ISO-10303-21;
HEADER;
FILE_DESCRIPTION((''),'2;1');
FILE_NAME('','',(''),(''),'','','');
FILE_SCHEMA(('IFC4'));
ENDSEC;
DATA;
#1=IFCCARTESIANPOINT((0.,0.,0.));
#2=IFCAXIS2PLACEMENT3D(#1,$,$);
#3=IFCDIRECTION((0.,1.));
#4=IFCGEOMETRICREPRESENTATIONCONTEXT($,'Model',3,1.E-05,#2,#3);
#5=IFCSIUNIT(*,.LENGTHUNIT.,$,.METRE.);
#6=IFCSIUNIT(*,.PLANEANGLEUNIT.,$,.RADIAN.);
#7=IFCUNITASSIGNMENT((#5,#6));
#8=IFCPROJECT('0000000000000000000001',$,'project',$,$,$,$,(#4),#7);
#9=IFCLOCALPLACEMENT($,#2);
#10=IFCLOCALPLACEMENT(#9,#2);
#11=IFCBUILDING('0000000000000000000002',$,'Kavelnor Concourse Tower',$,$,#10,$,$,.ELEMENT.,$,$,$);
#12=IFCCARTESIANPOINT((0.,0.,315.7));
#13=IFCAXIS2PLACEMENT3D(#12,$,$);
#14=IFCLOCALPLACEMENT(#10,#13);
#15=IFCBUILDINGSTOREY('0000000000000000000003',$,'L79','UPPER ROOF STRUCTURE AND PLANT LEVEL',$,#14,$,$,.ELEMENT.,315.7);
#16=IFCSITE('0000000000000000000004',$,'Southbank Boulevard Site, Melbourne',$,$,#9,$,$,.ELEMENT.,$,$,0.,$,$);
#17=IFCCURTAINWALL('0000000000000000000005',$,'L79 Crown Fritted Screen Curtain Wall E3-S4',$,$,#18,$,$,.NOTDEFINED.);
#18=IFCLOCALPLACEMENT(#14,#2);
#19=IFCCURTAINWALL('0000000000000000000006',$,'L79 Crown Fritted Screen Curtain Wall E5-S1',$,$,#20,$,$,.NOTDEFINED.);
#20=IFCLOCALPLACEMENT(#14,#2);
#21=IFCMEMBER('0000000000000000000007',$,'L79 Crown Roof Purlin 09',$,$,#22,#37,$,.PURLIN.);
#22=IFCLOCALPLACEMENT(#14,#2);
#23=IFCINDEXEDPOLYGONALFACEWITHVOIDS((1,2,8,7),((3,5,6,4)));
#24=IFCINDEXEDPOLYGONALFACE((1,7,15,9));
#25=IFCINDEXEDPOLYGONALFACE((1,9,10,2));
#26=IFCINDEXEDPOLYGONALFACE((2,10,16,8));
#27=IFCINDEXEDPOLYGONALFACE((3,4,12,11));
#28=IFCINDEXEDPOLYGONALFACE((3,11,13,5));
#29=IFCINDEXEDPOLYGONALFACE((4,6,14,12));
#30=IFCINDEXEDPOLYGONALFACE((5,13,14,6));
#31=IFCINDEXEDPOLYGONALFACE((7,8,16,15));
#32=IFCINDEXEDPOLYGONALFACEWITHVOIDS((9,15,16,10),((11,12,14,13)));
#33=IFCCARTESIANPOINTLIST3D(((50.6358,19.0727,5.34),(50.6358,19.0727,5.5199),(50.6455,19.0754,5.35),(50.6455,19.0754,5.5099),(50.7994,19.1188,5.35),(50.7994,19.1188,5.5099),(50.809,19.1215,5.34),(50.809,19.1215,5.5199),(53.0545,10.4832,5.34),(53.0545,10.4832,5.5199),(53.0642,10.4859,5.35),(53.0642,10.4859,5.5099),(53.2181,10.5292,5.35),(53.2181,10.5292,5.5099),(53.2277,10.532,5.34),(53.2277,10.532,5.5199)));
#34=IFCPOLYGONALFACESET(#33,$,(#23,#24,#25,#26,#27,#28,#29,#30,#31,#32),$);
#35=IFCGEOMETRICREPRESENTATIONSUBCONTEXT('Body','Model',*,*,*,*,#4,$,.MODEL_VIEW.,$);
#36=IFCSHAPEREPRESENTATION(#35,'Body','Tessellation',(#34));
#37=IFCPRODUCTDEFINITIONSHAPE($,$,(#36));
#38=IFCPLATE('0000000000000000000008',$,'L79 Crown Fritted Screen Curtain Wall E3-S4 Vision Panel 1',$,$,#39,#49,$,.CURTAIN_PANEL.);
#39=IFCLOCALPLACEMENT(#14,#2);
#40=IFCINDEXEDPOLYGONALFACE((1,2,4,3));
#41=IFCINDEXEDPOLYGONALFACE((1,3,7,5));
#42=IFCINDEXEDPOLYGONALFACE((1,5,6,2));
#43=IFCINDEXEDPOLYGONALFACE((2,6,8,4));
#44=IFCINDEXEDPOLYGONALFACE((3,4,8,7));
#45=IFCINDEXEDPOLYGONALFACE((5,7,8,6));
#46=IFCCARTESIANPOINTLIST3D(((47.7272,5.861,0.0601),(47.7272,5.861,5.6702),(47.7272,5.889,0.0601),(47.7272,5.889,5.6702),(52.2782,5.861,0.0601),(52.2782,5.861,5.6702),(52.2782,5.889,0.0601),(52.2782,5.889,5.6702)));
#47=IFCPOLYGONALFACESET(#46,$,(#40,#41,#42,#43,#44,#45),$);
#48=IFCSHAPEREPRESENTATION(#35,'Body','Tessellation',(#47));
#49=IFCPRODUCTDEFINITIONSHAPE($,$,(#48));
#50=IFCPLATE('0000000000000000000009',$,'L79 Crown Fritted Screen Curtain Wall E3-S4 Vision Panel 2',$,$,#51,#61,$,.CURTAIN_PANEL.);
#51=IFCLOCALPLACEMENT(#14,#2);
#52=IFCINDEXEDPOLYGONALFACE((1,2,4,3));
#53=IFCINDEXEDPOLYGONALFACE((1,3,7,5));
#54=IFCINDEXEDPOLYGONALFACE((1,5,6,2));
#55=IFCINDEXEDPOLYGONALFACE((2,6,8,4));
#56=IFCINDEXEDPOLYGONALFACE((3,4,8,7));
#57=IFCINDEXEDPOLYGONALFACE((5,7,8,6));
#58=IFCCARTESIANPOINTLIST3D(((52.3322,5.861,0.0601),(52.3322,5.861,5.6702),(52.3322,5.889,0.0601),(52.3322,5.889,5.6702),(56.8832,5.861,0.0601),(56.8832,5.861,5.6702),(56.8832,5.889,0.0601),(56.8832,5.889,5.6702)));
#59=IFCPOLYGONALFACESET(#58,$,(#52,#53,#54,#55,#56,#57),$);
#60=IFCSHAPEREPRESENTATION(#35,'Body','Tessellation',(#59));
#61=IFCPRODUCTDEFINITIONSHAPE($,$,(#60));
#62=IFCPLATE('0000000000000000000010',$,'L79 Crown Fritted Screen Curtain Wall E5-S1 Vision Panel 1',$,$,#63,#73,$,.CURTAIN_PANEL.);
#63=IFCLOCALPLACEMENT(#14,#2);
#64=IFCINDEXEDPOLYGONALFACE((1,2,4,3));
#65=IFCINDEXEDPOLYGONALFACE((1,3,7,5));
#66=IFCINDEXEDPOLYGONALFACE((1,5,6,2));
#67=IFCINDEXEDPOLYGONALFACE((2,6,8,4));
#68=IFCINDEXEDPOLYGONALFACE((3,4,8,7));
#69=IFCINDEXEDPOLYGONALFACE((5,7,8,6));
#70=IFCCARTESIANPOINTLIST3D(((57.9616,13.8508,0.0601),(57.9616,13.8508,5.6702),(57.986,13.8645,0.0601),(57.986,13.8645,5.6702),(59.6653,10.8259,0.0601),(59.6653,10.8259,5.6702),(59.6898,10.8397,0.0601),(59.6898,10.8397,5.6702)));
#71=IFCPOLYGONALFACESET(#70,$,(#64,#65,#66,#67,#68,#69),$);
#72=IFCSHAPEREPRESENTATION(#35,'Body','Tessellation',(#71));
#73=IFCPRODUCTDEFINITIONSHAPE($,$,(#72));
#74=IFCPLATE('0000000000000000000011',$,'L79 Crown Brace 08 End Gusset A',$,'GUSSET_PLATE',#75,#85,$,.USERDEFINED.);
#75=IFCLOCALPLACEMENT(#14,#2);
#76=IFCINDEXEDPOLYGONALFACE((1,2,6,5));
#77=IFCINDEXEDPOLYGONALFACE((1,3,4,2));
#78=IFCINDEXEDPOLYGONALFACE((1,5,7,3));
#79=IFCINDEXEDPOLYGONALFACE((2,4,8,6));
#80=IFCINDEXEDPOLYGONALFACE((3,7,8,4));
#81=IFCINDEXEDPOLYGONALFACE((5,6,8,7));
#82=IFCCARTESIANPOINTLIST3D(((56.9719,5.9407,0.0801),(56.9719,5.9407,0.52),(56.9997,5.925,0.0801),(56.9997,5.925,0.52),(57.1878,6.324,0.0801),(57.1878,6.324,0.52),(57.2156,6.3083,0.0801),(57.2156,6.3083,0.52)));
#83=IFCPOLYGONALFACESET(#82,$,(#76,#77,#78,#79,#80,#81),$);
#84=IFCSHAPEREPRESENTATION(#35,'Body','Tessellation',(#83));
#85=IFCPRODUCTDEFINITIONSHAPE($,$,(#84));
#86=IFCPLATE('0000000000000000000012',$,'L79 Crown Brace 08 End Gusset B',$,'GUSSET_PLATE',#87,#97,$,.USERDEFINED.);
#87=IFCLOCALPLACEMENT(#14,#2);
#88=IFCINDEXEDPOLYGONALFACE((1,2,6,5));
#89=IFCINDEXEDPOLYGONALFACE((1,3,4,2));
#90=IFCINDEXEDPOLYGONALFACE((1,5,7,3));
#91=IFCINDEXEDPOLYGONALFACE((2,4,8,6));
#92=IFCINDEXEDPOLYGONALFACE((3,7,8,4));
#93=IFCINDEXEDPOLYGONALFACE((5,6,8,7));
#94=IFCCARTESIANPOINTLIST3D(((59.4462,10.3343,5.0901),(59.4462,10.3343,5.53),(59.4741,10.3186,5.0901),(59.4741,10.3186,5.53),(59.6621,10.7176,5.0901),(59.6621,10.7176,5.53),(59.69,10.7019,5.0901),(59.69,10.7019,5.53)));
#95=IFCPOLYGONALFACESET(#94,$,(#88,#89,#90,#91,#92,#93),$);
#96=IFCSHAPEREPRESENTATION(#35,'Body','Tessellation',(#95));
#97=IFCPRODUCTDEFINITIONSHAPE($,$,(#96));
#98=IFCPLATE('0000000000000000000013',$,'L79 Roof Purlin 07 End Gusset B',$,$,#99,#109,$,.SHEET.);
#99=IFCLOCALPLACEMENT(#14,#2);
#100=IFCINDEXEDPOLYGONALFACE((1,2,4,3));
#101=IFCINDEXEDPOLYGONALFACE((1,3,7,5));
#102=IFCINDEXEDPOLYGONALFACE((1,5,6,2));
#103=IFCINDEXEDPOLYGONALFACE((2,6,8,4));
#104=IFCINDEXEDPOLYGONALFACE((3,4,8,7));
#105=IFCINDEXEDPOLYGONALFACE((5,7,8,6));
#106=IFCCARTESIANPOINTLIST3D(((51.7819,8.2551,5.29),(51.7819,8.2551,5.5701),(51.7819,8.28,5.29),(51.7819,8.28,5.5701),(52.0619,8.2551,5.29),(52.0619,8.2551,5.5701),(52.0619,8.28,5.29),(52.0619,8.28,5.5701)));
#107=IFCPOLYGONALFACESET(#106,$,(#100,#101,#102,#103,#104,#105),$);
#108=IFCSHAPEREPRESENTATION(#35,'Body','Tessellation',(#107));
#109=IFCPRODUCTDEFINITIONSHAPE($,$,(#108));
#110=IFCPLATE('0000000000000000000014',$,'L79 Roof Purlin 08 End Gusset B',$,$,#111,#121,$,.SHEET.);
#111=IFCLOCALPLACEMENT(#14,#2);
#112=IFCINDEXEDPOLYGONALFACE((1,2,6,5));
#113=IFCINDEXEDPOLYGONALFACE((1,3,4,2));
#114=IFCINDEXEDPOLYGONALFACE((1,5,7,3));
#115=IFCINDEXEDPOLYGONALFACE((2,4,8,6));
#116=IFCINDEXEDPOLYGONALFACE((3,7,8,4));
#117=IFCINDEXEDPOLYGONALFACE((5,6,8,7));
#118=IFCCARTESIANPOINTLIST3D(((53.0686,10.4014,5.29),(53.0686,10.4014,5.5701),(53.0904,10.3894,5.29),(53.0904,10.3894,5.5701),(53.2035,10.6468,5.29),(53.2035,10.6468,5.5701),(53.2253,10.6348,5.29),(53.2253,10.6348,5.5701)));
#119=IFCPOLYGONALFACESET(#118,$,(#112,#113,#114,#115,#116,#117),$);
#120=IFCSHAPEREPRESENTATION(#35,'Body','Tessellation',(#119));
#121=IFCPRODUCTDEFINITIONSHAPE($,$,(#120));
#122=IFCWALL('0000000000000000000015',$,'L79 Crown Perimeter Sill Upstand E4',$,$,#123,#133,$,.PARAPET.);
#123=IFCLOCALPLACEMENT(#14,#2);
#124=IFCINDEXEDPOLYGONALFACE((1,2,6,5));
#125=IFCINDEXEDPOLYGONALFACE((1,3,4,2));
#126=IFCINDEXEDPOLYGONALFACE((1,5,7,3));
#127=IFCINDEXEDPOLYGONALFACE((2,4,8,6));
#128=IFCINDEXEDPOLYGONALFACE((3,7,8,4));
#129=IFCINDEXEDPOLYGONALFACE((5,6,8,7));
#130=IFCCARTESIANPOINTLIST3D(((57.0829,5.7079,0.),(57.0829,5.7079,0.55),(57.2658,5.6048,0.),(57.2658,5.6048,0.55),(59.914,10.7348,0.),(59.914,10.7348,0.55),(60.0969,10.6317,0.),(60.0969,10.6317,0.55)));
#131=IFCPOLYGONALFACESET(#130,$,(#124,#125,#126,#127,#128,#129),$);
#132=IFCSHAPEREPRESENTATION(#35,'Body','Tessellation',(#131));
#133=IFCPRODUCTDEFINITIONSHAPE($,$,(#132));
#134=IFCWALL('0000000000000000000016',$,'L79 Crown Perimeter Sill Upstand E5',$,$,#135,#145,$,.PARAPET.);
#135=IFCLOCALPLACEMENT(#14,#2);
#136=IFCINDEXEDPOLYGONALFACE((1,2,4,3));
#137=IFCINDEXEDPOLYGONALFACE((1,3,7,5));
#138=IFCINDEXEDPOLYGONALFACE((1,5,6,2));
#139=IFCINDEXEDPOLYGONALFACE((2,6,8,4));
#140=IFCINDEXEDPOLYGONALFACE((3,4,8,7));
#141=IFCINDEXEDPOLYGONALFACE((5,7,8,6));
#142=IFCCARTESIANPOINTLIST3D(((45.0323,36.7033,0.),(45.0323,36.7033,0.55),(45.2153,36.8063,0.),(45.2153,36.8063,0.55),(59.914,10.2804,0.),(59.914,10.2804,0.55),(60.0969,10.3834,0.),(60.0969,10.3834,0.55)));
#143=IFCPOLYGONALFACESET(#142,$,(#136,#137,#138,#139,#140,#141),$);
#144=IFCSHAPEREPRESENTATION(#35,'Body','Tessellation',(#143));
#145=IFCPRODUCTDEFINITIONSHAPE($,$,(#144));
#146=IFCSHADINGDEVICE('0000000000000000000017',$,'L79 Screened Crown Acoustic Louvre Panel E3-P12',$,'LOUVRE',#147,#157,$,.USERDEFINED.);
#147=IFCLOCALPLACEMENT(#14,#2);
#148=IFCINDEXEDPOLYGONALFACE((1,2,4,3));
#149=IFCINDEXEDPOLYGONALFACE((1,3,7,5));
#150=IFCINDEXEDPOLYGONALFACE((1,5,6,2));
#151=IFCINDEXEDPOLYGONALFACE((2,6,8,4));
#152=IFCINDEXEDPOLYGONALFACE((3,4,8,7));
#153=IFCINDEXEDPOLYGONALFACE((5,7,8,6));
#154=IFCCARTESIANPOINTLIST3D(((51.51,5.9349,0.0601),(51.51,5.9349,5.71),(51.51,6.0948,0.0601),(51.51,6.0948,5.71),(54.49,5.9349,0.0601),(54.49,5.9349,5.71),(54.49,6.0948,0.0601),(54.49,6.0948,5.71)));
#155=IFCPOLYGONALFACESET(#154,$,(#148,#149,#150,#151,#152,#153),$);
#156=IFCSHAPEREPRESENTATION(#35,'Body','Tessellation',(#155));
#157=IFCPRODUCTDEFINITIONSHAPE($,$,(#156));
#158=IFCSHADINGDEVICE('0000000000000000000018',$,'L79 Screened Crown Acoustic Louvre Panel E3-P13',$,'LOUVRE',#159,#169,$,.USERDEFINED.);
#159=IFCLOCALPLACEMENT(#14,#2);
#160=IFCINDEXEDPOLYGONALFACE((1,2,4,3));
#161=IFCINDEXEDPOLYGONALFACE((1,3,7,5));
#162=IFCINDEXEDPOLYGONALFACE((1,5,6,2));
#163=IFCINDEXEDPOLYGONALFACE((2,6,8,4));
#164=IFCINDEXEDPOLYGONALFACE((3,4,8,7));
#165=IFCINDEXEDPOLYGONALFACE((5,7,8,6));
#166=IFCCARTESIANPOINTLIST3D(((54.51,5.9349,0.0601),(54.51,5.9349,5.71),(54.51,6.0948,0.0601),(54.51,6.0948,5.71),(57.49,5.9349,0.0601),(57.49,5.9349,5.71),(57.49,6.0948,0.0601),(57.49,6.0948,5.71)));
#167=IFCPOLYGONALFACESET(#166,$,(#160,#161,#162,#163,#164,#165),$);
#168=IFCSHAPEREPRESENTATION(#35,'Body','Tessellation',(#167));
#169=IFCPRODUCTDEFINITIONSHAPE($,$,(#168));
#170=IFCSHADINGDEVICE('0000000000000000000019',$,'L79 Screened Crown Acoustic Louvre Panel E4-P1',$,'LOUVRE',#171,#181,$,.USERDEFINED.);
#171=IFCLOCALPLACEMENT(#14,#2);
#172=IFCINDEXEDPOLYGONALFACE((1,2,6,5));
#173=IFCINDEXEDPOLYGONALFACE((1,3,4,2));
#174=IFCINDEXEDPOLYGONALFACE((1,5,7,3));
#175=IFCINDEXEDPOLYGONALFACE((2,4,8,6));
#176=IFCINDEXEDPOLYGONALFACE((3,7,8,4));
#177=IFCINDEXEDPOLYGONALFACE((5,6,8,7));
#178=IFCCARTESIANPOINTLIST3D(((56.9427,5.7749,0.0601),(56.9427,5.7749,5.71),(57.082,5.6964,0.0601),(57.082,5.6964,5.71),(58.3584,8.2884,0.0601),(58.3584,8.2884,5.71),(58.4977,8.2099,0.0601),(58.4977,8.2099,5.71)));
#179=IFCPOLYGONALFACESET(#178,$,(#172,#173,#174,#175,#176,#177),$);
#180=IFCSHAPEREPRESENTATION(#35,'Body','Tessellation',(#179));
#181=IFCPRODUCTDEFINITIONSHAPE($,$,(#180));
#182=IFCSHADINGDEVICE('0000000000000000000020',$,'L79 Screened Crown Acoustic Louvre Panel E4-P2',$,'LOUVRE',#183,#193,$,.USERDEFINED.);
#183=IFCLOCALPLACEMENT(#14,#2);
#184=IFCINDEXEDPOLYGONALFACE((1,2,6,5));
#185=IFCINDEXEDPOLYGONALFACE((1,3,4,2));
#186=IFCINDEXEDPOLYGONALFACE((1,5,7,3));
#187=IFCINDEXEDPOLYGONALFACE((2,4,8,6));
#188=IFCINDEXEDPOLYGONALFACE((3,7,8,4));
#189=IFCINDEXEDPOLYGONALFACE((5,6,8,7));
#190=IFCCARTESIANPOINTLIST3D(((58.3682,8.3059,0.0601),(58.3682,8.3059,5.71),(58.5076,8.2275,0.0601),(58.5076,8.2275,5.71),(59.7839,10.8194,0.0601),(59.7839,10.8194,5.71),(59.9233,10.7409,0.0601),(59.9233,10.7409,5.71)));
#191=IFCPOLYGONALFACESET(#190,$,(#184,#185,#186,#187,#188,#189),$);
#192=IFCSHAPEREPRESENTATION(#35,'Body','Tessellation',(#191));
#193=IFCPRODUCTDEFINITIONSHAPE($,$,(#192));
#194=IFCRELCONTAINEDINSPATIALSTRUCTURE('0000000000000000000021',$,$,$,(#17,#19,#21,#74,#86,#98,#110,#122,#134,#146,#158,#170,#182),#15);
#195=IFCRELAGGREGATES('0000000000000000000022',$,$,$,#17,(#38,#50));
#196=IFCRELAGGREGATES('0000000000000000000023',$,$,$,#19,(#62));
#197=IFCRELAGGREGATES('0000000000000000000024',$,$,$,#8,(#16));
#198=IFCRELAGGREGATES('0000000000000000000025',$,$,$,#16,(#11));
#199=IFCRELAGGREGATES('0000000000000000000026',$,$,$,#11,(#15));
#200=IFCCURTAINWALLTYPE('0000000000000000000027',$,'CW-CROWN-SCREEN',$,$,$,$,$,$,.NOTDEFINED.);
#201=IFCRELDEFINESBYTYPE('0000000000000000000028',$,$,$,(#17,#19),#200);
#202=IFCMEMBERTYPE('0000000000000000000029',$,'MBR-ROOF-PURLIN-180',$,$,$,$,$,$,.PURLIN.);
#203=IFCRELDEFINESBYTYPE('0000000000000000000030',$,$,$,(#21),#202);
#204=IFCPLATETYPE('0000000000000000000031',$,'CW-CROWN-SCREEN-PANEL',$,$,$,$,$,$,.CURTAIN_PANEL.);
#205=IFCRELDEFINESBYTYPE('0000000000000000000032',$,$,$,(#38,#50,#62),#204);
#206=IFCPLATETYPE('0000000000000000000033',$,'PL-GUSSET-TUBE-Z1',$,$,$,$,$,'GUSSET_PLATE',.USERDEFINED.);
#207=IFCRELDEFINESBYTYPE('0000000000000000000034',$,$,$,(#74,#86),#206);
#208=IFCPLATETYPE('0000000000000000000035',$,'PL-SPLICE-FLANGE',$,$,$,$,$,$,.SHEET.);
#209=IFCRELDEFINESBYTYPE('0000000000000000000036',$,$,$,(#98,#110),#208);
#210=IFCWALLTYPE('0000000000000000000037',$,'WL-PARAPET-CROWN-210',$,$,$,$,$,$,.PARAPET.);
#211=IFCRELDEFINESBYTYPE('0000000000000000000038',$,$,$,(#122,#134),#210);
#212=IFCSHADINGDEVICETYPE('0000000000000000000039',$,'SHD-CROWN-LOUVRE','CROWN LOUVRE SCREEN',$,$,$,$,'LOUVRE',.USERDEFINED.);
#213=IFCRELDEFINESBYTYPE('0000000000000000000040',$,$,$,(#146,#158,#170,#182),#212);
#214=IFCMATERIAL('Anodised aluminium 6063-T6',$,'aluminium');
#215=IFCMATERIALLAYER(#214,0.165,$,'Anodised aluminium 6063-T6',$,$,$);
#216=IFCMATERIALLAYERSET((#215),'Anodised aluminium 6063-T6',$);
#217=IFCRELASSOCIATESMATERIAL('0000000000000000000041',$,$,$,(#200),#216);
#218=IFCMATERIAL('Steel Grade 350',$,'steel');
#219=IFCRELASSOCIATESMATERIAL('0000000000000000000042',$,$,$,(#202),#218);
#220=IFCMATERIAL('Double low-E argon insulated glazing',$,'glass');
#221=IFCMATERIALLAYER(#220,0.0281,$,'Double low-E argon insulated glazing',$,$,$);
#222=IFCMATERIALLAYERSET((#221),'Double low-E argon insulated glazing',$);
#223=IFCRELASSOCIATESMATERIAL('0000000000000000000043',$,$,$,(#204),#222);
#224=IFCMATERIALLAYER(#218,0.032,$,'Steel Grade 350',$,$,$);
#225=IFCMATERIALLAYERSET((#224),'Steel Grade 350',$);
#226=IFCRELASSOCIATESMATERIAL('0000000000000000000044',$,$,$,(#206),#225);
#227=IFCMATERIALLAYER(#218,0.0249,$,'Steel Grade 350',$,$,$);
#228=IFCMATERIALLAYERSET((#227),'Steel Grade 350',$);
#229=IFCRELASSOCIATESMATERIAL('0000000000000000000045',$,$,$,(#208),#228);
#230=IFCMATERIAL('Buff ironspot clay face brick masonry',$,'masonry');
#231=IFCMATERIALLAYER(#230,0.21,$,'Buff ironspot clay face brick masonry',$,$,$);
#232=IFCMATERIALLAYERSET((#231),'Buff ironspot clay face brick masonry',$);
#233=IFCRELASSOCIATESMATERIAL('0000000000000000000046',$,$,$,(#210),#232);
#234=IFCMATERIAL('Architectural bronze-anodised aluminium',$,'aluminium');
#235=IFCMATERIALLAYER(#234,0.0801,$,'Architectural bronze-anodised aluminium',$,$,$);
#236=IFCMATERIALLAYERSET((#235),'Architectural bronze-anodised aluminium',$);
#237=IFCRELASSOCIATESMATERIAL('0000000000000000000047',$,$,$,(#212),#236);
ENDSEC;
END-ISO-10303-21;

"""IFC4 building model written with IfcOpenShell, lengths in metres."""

from ifc_helpers import new_model, si_unit, direction, frame, frame_2d, origin, origin_2d, place, context, subcontext, project, spatial, rectangle, hollow_rectangle, extrude, material, layer, layer_set, material_profile, profile_set, type_object, element, aggregate, save


model = new_model("IFC4")

# Units and contexts
model_context = context("Model", 3, precision=1e-05, world=origin(), true_north=direction((0.0, 1.0)))
body_context = subcontext(model_context, "Body", "Model", "MODEL_VIEW")
ifc_project = project(units=[si_unit("LENGTHUNIT", "METRE"), si_unit("PLANEANGLEUNIT", "RADIAN")], contexts=[model_context])

# Site, building, storey
site_placement = place(None, origin())
site = spatial("IfcSite", under=ifc_project, at=site_placement, Name="Southbank Boulevard Site, Melbourne", CompositionType="ELEMENT", RefElevation=0.0)
building_placement = place(site_placement, origin())
building = spatial("IfcBuilding", under=site, at=building_placement, Name="Kavelnor Concourse Tower", CompositionType="ELEMENT")
storey_placement = place(building_placement, frame((0.0, 0.0, 315.7)))
storey = spatial("IfcBuildingStorey", under=building, at=storey_placement, Name="L79", Description="UPPER ROOF STRUCTURE AND PLANT LEVEL", CompositionType="ELEMENT", Elevation=315.7)

# Shared definitions
ifc_material_1 = material(Name="Steel Grade 350", Category="steel")

# Curtain walls
ifc_material_2 = material(Name="Anodised aluminium 6063-T6", Category="aluminium")
ifc_layer_1 = layer(ifc_material_2, 0.165, Name="Anodised aluminium 6063-T6")
ifc_layer_set_1 = layer_set([ifc_layer_1], Name="Anodised aluminium 6063-T6")
curtain_wall_type = type_object("IfcCurtainWallType", Name="CW-CROWN-SCREEN", PredefinedType="NOTDEFINED", material=ifc_layer_set_1)
curtain_wall_1_placement = place(storey_placement, origin())
curtain_wall_1 = element("IfcCurtainWall", 1, at=curtain_wall_1_placement, inside=storey, type_object=curtain_wall_type, Name="L79 Crown Fritted Screen Curtain Wall E3-S4", PredefinedType="NOTDEFINED")
curtain_wall_2_placement = place(storey_placement, origin())
curtain_wall_2 = element("IfcCurtainWall", 2, at=curtain_wall_2_placement, inside=storey, type_object=curtain_wall_type, Name="L79 Crown Fritted Screen Curtain Wall E5-S1", PredefinedType="NOTDEFINED")

# Member
ifc_material_profile_1 = material_profile(ifc_material_1, hollow_rectangle(XDim=0.1799, YDim=0.1799, WallThickness=0.01, at=origin_2d()), Name="SHS 180x180x10")
ifc_profile_set_1 = profile_set([ifc_material_profile_1], Name="Steel Grade 350")
member_type_1 = type_object("IfcMemberType", Name="MBR-ROOF-PURLIN-180", PredefinedType="PURLIN", material=ifc_profile_set_1)
member_1_placement = place(storey_placement, frame((53.1411, 10.5076, 5.4299), z_axis=(-0.271044, 0.962567, 0.0), x_axis=(-0.962567, -0.271044, 0.0)))
element("IfcMember", 3, at=member_1_placement, inside=storey, type_object=member_type_1, Name="L79 Crown Roof Purlin 09", PredefinedType="PURLIN", context=body_context, shape_type="SweptSolid", body=[
    extrude(hollow_rectangle(XDim=0.1799, YDim=0.1799, WallThickness=0.01, at=origin_2d()), origin(), (0.0, 0.0, 1.0), 8.9236),
])

# Plates
ifc_material_3 = material(Name="Double low-E argon insulated glazing", Category="glass")
ifc_layer_2 = layer(ifc_material_3, 0.0281, Name="Double low-E argon insulated glazing")
ifc_layer_set_2 = layer_set([ifc_layer_2], Name="Double low-E argon insulated glazing")
plate_type_1 = type_object("IfcPlateType", Name="CW-CROWN-SCREEN-PANEL", PredefinedType="CURTAIN_PANEL", material=ifc_layer_set_2)
plate_1_placement = place(storey_placement, frame((50.0027, 5.875, 0.0601), z_axis=(0.0, 0.0, 1.0), x_axis=(1.0, 0.0, 0.0)))
plate_1 = element("IfcPlate", 4, at=plate_1_placement, type_object=plate_type_1, Name="L79 Crown Fritted Screen Curtain Wall E3-S4 Vision Panel 1", PredefinedType="CURTAIN_PANEL", context=body_context, shape_type="SweptSolid", body=[
    extrude(rectangle(XDim=4.551, YDim=0.0281, at=origin_2d()), origin(), (0.0, 0.0, 1.0), 5.6101),
])
plate_2_placement = place(storey_placement, frame((54.6077, 5.875, 0.0601), z_axis=(0.0, 0.0, 1.0), x_axis=(1.0, 0.0, 0.0)))
plate_2 = element("IfcPlate", 5, at=plate_2_placement, type_object=plate_type_1, Name="L79 Crown Fritted Screen Curtain Wall E3-S4 Vision Panel 2", PredefinedType="CURTAIN_PANEL", context=body_context, shape_type="SweptSolid", body=[
    extrude(rectangle(XDim=4.551, YDim=0.0281, at=origin_2d()), origin(), (0.0, 0.0, 1.0), 5.6101),
])
aggregate(curtain_wall_1, [plate_1, plate_2])
plate_3_placement = place(storey_placement, frame((58.8257, 12.3452, 0.0601), z_axis=(0.0, 0.0, 1.0), x_axis=(-0.490752, 0.871299, 0.0)))
plate_3 = element("IfcPlate", 6, at=plate_3_placement, type_object=plate_type_1, Name="L79 Crown Fritted Screen Curtain Wall E5-S1 Vision Panel 1", PredefinedType="CURTAIN_PANEL", context=body_context, shape_type="SweptSolid", body=[
    extrude(rectangle(XDim=3.4717, YDim=0.0281, at=origin_2d()), origin(), (0.0, 0.0, 1.0), 5.6101),
])
aggregate(curtain_wall_2, [plate_3])

# Plates
ifc_layer_3 = layer(ifc_material_1, 0.032, Name="Steel Grade 350")
ifc_layer_set_3 = layer_set([ifc_layer_3], Name="Steel Grade 350")
plate_type_2 = type_object("IfcPlateType", Name="PL-GUSSET-TUBE-Z1", ElementType="GUSSET_PLATE", PredefinedType="USERDEFINED", material=ifc_layer_set_3)
for number, where, z_axis, x_axis, name in (
    (7, (57.0938, 6.1245, 0.0801), (0.0, 0.0, 1.0), (0.490752, 0.871299, 0.0), "L79 Crown Brace 08 End Gusset A"),
    (8, (59.5681, 10.5181, 5.0901), (0.0, 0.0, 1.0), (0.490752, 0.871299, 0.0), "L79 Crown Brace 08 End Gusset B"),
):
    element("IfcPlate", number, at=place(storey_placement, frame(where, z_axis=z_axis, x_axis=x_axis)), inside=storey, type_object=plate_type_2, Name=name, ObjectType="GUSSET_PLATE", PredefinedType="USERDEFINED", context=body_context, shape_type="SweptSolid", body=[
        extrude(rectangle(XDim=0.4399, YDim=0.032, at=origin_2d()), origin(), (0.0, 0.0, 1.0), 0.4399),
    ])
ifc_layer_4 = layer(ifc_material_1, 0.0249, Name="Steel Grade 350")
ifc_layer_set_4 = layer_set([ifc_layer_4], Name="Steel Grade 350")
plate_type_3 = type_object("IfcPlateType", Name="PL-SPLICE-FLANGE", PredefinedType="SHEET", material=ifc_layer_set_4)
for number, where, z_axis, x_axis, name in (
    (9, (51.9219, 8.2676, 5.29), (0.0, 0.0, 1.0), (1.0, 0.0, 0.0), "L79 Roof Purlin 07 End Gusset B"),
    (10, (53.147, 10.5181, 5.29), (0.0, 0.0, 1.0), (0.481754, 0.876307, 0.0), "L79 Roof Purlin 08 End Gusset B"),
):
    element("IfcPlate", number, at=place(storey_placement, frame(where, z_axis=z_axis, x_axis=x_axis)), inside=storey, type_object=plate_type_3, Name=name, PredefinedType="SHEET", context=body_context, shape_type="SweptSolid", body=[
        extrude(rectangle(XDim=0.28, YDim=0.0249, at=origin_2d()), origin(), (0.0, 0.0, 1.0), 0.28),
    ])

# Walls
ifc_material_4 = material(Name="Buff ironspot clay face brick masonry", Category="masonry")
ifc_layer_5 = layer(ifc_material_4, 0.21, Name="Buff ironspot clay face brick masonry")
ifc_layer_set_5 = layer_set([ifc_layer_5], Name="Buff ironspot clay face brick masonry")
wall_type = type_object("IfcWallType", Name="WL-PARAPET-CROWN-210", PredefinedType="PARAPET", material=ifc_layer_set_5)
wall_1_placement = place(storey_placement, frame((57.1743, 5.6562, 0.0), z_axis=(0.0, 0.0, 1.0), x_axis=(0.490715, 0.87132, 0.0)))
element("IfcWall", 11, at=wall_1_placement, inside=storey, type_object=wall_type, Name="L79 Crown Perimeter Sill Upstand E4", PredefinedType="PARAPET", context=body_context, shape_type="SweptSolid", body=[
    extrude(rectangle(XDim=5.7693, YDim=0.21, at=frame_2d((2.8848, 0.0))), origin(), (0.0, 0.0, 1.0), 0.55),
])
wall_2_placement = place(storey_placement, frame((60.0054, 10.332, 0.0), z_axis=(0.0, 0.0, 1.0), x_axis=(-0.490731, 0.871311, 0.0)))
element("IfcWall", 12, at=wall_2_placement, inside=storey, type_object=wall_type, Name="L79 Crown Perimeter Sill Upstand E5", PredefinedType="PARAPET", context=body_context, shape_type="SweptSolid", body=[
    extrude(rectangle(XDim=30.3254, YDim=0.21, at=frame_2d((15.1626, 0.0))), origin(), (0.0, 0.0, 1.0), 0.55),
])

# Shading devices
ifc_material_5 = material(Name="Architectural bronze-anodised aluminium", Category="aluminium")
ifc_layer_6 = layer(ifc_material_5, 0.0801, Name="Architectural bronze-anodised aluminium")
ifc_layer_set_6 = layer_set([ifc_layer_6], Name="Architectural bronze-anodised aluminium")
shading_device_type = type_object("IfcShadingDeviceType", Name="SHD-CROWN-LOUVRE", Description="CROWN LOUVRE SCREEN", ElementType="LOUVRE", PredefinedType="USERDEFINED", material=ifc_layer_set_6)
for number, where, z_axis, x_axis, name in (
    (13, (53.0, 6.0149, 0.0601), (0.0, 0.0, 1.0), (1.0, 0.0, 0.0), "L79 Screened Crown Acoustic Louvre Panel E3-P12"),
    (14, (56.0, 6.0149, 0.0601), (0.0, 0.0, 1.0), (1.0, 0.0, 0.0), "L79 Screened Crown Acoustic Louvre Panel E3-P13"),
):
    element("IfcShadingDevice", number, at=place(storey_placement, frame(where, z_axis=z_axis, x_axis=x_axis)), inside=storey, type_object=shading_device_type, Name=name, ObjectType="LOUVRE", PredefinedType="USERDEFINED", context=body_context, shape_type="SweptSolid", body=[
        extrude(rectangle(XDim=2.98, YDim=0.1599, at=origin_2d()), origin(), (0.0, 0.0, 1.0), 5.6499),
    ])
for number, where, z_axis, x_axis, name in (
    (15, (57.7202, 6.9924, 0.0601), (0.0, 0.0, 1.0), (0.490752, 0.871299, 0.0), "L79 Screened Crown Acoustic Louvre Panel E4-P1"),
    (16, (59.1458, 9.5234, 0.0601), (0.0, 0.0, 1.0), (0.490752, 0.871299, 0.0), "L79 Screened Crown Acoustic Louvre Panel E4-P2"),
):
    element("IfcShadingDevice", number, at=place(storey_placement, frame(where, z_axis=z_axis, x_axis=x_axis)), inside=storey, type_object=shading_device_type, Name=name, ObjectType="LOUVRE", PredefinedType="USERDEFINED", context=body_context, shape_type="SweptSolid", body=[
        extrude(rectangle(XDim=2.8848, YDim=0.1599, at=origin_2d()), origin(), (0.0, 0.0, 1.0), 5.6499),
    ])

save(model, "model.ifc")
